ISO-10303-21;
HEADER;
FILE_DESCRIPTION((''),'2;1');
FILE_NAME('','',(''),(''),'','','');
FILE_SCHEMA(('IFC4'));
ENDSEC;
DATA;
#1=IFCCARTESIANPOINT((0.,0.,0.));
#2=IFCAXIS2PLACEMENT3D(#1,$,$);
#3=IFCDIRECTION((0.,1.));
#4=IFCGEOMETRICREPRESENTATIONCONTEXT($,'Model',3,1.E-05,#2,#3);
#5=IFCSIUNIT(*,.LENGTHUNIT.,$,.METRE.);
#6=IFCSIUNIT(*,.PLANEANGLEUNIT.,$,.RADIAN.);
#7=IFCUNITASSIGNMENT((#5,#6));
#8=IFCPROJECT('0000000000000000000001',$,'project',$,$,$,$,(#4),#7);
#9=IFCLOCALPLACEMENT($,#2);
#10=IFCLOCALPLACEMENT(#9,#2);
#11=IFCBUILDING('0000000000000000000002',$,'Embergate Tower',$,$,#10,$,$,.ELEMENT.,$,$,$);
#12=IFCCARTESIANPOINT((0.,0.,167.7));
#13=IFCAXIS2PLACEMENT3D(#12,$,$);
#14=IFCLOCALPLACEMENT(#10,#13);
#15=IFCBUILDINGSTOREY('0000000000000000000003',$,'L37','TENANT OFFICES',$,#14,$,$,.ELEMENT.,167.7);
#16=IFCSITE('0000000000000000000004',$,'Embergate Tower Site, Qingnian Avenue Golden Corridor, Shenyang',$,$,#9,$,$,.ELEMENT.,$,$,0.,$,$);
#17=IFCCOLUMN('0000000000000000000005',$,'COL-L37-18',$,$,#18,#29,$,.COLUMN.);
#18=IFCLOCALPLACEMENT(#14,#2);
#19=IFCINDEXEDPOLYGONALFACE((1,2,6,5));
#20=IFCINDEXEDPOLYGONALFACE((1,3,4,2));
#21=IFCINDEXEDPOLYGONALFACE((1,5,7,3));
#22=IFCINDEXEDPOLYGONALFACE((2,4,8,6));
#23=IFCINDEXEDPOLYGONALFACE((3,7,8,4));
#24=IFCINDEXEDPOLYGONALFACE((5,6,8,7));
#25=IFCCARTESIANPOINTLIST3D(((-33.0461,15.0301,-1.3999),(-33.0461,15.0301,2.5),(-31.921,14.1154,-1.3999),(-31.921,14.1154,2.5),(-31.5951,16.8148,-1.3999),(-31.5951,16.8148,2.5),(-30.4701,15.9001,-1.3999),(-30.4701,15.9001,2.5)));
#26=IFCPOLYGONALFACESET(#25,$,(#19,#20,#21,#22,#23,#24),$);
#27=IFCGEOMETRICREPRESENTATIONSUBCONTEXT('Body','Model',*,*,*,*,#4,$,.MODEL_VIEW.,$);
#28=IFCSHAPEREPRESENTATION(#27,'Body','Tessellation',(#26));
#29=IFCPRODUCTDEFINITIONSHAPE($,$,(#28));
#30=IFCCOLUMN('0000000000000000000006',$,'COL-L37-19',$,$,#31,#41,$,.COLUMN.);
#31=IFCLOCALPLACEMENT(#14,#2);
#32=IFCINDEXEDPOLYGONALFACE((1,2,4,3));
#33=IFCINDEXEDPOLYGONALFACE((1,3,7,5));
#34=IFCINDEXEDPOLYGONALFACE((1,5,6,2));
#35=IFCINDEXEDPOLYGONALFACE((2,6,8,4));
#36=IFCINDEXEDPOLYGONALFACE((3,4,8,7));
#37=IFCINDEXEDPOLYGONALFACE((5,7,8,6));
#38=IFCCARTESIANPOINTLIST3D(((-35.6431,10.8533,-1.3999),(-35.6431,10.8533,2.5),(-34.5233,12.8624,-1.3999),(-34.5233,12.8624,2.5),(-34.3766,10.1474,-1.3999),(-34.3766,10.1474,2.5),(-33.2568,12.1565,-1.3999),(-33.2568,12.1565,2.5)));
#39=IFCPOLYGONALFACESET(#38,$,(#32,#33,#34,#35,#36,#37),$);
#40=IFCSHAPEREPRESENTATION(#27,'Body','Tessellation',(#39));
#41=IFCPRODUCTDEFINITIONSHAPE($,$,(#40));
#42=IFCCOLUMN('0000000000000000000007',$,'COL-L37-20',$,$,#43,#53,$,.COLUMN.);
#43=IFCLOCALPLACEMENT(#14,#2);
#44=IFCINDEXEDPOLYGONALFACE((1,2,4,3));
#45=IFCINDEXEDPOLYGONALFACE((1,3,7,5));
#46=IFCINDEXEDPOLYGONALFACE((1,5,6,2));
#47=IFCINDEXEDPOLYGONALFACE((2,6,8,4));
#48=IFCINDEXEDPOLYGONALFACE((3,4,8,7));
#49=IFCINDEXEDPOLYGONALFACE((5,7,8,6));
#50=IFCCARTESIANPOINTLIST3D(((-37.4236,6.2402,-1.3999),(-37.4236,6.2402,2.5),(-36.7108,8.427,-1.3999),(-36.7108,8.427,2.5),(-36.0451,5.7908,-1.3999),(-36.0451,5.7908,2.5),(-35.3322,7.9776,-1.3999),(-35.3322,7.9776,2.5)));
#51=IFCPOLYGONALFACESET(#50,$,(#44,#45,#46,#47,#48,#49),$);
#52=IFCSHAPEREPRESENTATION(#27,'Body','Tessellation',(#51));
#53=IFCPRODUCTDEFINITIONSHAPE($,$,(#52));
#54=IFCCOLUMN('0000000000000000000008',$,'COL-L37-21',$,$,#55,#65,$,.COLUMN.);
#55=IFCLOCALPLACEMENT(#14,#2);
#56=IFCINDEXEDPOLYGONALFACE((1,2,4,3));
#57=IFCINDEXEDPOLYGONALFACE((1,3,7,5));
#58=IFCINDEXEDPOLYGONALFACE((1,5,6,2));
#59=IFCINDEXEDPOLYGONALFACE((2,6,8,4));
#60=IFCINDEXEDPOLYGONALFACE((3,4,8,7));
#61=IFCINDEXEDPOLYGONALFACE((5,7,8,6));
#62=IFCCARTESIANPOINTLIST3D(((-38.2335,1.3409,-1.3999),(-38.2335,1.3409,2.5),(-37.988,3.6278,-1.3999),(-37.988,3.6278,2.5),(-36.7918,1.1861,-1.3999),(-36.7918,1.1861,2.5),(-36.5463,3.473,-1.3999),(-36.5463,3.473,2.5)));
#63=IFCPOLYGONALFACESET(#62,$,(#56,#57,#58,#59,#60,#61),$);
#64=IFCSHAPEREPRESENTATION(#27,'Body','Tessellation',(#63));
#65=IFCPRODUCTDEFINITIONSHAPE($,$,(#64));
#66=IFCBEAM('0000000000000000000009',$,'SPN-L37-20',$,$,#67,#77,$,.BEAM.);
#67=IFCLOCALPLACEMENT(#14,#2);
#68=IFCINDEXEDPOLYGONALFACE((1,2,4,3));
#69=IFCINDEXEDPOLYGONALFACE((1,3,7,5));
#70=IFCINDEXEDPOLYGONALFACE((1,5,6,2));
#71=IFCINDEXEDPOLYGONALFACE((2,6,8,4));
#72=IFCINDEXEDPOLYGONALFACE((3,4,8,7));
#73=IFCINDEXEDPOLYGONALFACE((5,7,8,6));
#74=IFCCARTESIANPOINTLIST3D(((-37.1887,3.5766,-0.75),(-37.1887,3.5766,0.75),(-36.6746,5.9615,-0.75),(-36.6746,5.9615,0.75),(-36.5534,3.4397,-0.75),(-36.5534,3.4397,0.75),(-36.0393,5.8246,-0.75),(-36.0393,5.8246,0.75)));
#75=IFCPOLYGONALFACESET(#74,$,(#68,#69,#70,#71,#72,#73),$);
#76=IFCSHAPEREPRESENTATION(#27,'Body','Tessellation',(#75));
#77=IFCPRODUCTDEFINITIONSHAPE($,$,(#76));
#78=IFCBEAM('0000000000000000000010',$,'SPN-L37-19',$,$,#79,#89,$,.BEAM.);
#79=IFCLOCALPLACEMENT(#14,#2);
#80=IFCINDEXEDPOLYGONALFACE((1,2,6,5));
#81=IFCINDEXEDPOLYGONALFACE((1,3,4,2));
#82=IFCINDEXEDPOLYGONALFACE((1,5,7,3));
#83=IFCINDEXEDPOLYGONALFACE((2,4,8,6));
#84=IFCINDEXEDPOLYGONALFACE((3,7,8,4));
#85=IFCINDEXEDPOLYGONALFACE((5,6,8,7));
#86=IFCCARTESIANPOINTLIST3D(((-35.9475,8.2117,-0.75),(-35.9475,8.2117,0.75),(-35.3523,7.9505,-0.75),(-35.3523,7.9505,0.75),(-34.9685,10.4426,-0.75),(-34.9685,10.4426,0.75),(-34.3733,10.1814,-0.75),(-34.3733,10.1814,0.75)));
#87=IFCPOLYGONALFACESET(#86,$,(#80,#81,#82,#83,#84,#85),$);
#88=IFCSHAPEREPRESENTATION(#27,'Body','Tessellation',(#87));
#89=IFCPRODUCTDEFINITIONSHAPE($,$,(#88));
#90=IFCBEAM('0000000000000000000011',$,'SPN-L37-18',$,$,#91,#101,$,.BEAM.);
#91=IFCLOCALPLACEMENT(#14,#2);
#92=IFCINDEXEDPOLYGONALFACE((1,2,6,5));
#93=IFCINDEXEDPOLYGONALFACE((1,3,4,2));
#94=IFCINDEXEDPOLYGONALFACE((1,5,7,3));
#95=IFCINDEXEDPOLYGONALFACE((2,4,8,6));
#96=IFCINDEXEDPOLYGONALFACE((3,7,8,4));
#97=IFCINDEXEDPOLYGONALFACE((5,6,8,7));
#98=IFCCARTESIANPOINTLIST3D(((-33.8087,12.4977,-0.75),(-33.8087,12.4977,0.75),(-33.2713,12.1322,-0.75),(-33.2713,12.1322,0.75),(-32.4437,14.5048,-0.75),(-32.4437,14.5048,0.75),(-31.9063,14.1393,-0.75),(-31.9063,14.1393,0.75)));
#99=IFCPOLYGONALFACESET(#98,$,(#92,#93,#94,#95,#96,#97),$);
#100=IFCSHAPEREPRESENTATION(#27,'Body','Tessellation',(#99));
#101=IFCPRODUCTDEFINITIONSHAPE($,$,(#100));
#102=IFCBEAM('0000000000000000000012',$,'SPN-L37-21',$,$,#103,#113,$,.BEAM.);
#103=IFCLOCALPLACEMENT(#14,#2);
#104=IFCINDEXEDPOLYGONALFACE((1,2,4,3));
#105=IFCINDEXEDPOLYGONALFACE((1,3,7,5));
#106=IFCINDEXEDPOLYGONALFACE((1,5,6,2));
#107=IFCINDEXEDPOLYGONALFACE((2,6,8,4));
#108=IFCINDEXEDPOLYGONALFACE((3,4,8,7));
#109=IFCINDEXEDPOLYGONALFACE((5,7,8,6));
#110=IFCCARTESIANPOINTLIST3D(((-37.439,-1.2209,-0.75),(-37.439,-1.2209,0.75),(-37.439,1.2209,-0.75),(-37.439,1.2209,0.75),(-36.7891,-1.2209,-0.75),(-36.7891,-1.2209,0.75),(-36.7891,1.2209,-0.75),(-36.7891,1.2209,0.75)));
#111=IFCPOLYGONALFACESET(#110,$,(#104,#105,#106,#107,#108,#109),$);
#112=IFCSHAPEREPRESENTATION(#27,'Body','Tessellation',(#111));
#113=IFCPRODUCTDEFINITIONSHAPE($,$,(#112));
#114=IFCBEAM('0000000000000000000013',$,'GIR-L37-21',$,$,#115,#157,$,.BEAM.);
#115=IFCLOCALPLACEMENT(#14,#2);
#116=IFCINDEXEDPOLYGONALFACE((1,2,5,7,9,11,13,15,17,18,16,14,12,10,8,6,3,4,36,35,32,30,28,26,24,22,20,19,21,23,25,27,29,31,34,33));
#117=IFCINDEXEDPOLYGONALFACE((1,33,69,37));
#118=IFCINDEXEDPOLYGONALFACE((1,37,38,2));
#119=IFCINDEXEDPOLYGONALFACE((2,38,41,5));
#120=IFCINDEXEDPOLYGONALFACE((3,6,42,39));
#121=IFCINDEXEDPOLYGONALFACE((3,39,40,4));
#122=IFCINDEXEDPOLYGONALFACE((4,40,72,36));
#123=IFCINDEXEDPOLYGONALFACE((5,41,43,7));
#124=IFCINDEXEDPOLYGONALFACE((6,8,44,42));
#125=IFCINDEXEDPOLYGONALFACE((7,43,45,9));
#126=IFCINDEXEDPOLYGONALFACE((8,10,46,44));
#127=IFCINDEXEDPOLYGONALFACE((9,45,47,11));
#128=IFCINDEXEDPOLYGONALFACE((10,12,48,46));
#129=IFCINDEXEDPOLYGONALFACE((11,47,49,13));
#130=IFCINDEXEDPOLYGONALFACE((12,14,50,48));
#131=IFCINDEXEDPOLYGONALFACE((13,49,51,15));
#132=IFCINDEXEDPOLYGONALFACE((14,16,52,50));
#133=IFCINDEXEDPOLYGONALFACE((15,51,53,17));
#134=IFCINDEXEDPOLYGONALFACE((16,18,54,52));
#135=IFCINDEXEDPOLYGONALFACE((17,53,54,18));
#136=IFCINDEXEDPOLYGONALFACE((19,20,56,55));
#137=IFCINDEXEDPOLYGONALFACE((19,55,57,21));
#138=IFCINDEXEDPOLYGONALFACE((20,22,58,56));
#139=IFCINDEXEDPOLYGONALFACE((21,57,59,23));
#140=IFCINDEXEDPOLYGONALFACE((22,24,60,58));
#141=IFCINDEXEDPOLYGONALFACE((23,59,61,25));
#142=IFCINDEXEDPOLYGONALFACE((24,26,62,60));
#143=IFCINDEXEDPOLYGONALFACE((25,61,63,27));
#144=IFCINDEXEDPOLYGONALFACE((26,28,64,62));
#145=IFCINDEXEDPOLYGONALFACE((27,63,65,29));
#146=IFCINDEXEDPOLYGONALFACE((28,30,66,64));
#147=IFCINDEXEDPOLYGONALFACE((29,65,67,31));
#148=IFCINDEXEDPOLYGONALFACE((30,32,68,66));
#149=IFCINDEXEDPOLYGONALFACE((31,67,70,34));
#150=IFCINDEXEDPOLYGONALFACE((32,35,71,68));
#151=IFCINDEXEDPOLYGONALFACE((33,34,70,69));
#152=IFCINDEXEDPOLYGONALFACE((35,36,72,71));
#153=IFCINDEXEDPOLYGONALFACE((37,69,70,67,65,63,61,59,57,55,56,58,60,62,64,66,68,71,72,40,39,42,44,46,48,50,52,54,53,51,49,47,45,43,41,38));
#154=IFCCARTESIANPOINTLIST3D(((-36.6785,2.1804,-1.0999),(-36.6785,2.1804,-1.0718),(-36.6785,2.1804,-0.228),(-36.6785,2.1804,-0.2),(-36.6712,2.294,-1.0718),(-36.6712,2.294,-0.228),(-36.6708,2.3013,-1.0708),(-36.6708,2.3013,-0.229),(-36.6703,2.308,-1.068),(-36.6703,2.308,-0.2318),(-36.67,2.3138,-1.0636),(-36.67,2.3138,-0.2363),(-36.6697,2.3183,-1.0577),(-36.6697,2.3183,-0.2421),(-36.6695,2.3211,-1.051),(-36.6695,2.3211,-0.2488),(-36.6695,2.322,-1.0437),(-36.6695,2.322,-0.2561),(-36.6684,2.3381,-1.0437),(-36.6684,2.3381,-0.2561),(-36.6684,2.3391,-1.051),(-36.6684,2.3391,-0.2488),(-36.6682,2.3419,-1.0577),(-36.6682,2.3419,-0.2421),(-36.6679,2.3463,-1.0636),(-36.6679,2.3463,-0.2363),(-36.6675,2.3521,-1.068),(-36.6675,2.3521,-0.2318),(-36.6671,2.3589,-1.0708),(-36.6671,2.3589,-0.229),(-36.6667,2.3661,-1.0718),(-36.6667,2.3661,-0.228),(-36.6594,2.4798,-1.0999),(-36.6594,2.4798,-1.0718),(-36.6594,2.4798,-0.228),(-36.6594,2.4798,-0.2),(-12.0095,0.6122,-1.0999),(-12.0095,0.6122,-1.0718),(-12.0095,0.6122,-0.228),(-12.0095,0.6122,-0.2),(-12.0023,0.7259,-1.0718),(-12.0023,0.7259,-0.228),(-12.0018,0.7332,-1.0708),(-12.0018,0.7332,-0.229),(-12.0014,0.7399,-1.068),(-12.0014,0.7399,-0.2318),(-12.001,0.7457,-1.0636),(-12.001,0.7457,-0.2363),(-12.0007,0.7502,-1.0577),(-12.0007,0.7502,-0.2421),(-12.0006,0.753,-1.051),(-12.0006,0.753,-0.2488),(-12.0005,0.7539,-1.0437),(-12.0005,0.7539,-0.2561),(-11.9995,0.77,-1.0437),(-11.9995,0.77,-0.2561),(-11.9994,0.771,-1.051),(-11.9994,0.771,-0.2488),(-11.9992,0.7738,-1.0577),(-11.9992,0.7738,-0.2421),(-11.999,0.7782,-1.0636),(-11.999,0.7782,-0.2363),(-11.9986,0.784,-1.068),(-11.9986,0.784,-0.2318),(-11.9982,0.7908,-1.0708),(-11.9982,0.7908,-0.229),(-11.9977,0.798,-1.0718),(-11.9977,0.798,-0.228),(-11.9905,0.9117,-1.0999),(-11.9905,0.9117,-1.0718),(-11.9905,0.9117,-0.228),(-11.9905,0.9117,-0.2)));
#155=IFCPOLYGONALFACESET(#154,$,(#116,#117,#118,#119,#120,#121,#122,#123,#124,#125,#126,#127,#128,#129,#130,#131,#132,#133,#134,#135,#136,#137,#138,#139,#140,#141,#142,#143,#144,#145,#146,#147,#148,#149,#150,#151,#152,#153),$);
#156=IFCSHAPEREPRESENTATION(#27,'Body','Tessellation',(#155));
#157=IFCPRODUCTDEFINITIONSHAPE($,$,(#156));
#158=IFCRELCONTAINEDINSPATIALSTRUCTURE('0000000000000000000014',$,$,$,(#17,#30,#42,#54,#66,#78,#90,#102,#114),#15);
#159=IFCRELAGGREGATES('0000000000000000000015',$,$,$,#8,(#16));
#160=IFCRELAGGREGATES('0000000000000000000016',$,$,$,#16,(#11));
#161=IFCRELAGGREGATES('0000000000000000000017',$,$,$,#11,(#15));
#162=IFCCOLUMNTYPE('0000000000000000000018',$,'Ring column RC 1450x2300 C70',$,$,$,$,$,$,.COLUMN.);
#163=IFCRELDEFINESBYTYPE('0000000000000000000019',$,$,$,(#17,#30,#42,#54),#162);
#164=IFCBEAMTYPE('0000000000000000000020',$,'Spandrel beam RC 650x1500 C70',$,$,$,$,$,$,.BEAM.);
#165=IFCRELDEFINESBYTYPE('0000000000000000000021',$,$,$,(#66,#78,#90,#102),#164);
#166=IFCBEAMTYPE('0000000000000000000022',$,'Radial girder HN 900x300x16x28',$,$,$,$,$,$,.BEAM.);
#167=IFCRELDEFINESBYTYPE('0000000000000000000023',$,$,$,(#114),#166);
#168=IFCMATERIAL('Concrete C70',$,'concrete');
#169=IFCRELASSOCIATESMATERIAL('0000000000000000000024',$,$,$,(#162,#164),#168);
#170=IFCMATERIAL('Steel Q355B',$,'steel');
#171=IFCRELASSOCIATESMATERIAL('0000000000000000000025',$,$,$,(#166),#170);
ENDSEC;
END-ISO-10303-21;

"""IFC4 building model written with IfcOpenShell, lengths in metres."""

from ifc_helpers import new_model, si_unit, direction, frame, origin, origin_2d, place, context, subcontext, project, spatial, rectangle, i_section, extrude, source, transform, mapped, material, material_profile, profile_set, type_object, element, save


model = new_model("IFC4")

# Units and contexts
model_context = context("Model", 3, precision=1e-05, world=origin(), true_north=direction((0.0, 1.0)))
body_context = subcontext(model_context, "Body", "Model", "MODEL_VIEW")
ifc_project = project(units=[si_unit("LENGTHUNIT", "METRE"), si_unit("PLANEANGLEUNIT", "RADIAN")], contexts=[model_context])

# Site, building, storey
site_placement = place(None, origin())
site = spatial("IfcSite", under=ifc_project, at=site_placement, Name="Embergate Tower Site, Qingnian Avenue Golden Corridor, Shenyang", CompositionType="ELEMENT", RefElevation=0.0)
building_placement = place(site_placement, origin())
building = spatial("IfcBuilding", under=site, at=building_placement, Name="Embergate Tower", CompositionType="ELEMENT")
storey_placement = place(building_placement, frame((0.0, 0.0, 167.7)))
storey = spatial("IfcBuildingStorey", under=building, at=storey_placement, Name="L37", Description="TENANT OFFICES", CompositionType="ELEMENT", Elevation=167.7)

# Columns
ifc_material_1 = material(Name="Concrete C70", Category="concrete")
ifc_material_profile_1 = material_profile(ifc_material_1, rectangle(XDim=1.45, YDim=2.3, at=origin_2d()), Name="RC 1450x2300")
ifc_profile_set_1 = profile_set([ifc_material_profile_1], Name="Concrete C70")
column_type = type_object("IfcColumnType", Name="Ring column RC 1450x2300 C70", PredefinedType="COLUMN", material=ifc_profile_set_1)
shared_shape_1 = source(origin(), body_context, "Body", "SweptSolid", [
    extrude(rectangle(XDim=1.45, YDim=2.3, at=origin_2d()), origin(), (0.0, 0.0, 1.0), 3.8999),
])
for number, where, z_axis, x_axis, name in (
    (1, (-31.7581, 15.4651, -1.3999), (0.0, 0.0, 1.0), (-0.775914, 0.630838, 0.0), "COL-L37-18"),
    (2, (-34.45, 11.5049, -1.3999), (0.0, 0.0, 1.0), (-0.873492, 0.486839, 0.0), "COL-L37-19"),
    (3, (-36.3779, 7.1089, -1.3999), (0.0, 0.0, 1.0), (-0.950754, 0.309946, 0.0), "COL-L37-20"),
    (4, (-37.3899, 2.407, -1.3999), (0.0, 0.0, 1.0), (-0.994286, 0.10675, 0.0), "COL-L37-21"),
):
    element("IfcColumn", number, at=place(storey_placement, frame(where, z_axis=z_axis, x_axis=x_axis)), inside=storey, type_object=column_type, Name=name, PredefinedType="COLUMN", context=body_context, shape_type="MappedRepresentation", body=[
        mapped(shared_shape_1, transform((0.0, 0.0, 0.0))),
    ])

# Beams
ifc_material_profile_2 = material_profile(ifc_material_1, rectangle(XDim=0.6499, YDim=1.5, at=origin_2d()), Name="RC 650x1500")
ifc_profile_set_2 = profile_set([ifc_material_profile_2], Name="Concrete C70")
beam_type_1 = type_object("IfcBeamType", Name="Spandrel beam RC 650x1500 C70", PredefinedType="BEAM", material=ifc_profile_set_2)
shared_shape_2 = source(origin(), body_context, "Body", "SweptSolid", [
    extrude(rectangle(XDim=0.6499, YDim=1.5, at=origin_2d()), origin(), (0.0, 0.0, 1.0), 2.4397),
])
beam_1_placement = place(storey_placement, frame((-36.3569, 5.8931, 0.0), z_axis=(-0.210739, -0.977542, 0.0), x_axis=(0.977542, -0.210739, 0.0)))
element("IfcBeam", 5, at=beam_1_placement, inside=storey, type_object=beam_type_1, Name="SPN-L37-20", PredefinedType="BEAM", context=body_context, shape_type="MappedRepresentation", body=[
    mapped(shared_shape_2, transform((0.0, 0.0, 0.0))),
])
shared_shape_3 = source(origin(), body_context, "Body", "SweptSolid", [
    extrude(rectangle(XDim=0.6499, YDim=1.5, at=origin_2d()), origin(), (0.0, 0.0, 1.0), 2.4363),
])
beam_2_placement = place(storey_placement, frame((-34.6709, 10.312, 0.0), z_axis=(-0.401838, -0.915711, 0.0), x_axis=(0.915711, -0.401838, 0.0)))
element("IfcBeam", 6, at=beam_2_placement, inside=storey, type_object=beam_type_1, Name="SPN-L37-19", PredefinedType="BEAM", context=body_context, shape_type="MappedRepresentation", body=[
    mapped(shared_shape_3, transform((0.0, 0.0, 0.0))),
])
shared_shape_4 = source(origin(), body_context, "Body", "SweptSolid", [
    extrude(rectangle(XDim=0.6499, YDim=1.5, at=origin_2d()), origin(), (0.0, 0.0, 1.0), 2.4272),
])
beam_3_placement = place(storey_placement, frame((-32.175, 14.322, 0.0), z_axis=(-0.56236, -0.826893, 0.0), x_axis=(0.826893, -0.56236, 0.0)))
element("IfcBeam", 7, at=beam_3_placement, inside=storey, type_object=beam_type_1, Name="SPN-L37-18", PredefinedType="BEAM", context=body_context, shape_type="MappedRepresentation", body=[
    mapped(shared_shape_4, transform((0.0, 0.0, 0.0))),
])
shared_shape_5 = source(origin(), body_context, "Body", "SweptSolid", [
    extrude(rectangle(XDim=0.6499, YDim=1.5, at=origin_2d()), origin(), (0.0, 0.0, 1.0), 2.4419),
])
beam_4_placement = place(storey_placement, frame((-37.114, 1.2209, 0.0), z_axis=(0.0, -1.0, 0.0), x_axis=(1.0, 0.0, 0.0)))
element("IfcBeam", 8, at=beam_4_placement, inside=storey, type_object=beam_type_1, Name="SPN-L37-21", PredefinedType="BEAM", context=body_context, shape_type="MappedRepresentation", body=[
    mapped(shared_shape_5, transform((0.0, 0.0, 0.0))),
])
ifc_material_2 = material(Name="Steel Q355B", Category="steel")
ifc_material_profile_3 = material_profile(ifc_material_2, i_section(OverallWidth=0.3, OverallDepth=0.8999, WebThickness=0.0161, FlangeThickness=0.0281, FilletRadius=0.0281, at=origin_2d()), Name="HN 900x300x16x28")
ifc_profile_set_3 = profile_set([ifc_material_profile_3], Name="Steel Q355 grade B")
beam_type_2 = type_object("IfcBeamType", Name="Radial girder HN 900x300x16x28", PredefinedType="BEAM", material=ifc_profile_set_3)
shared_shape_6 = source(origin(), body_context, "Body", "SweptSolid", [
    extrude(i_section(OverallWidth=0.3, OverallDepth=0.8999, WebThickness=0.0161, FlangeThickness=0.0281, FilletRadius=0.0281, at=origin_2d()), origin(), (0.0, 0.0, 1.0), 24.7188),
])
beam_5_placement = place(storey_placement, frame((-36.6689, 2.3301, -0.6499), z_axis=(0.997986, -0.063438, 0.0), x_axis=(0.063438, 0.997986, 0.0)))
element("IfcBeam", 9, at=beam_5_placement, inside=storey, type_object=beam_type_2, Name="GIR-L37-21", PredefinedType="BEAM", context=body_context, shape_type="MappedRepresentation", body=[
    mapped(shared_shape_6, transform((0.0, 0.0, 0.0))),
])

save(model, "model.ifc")
